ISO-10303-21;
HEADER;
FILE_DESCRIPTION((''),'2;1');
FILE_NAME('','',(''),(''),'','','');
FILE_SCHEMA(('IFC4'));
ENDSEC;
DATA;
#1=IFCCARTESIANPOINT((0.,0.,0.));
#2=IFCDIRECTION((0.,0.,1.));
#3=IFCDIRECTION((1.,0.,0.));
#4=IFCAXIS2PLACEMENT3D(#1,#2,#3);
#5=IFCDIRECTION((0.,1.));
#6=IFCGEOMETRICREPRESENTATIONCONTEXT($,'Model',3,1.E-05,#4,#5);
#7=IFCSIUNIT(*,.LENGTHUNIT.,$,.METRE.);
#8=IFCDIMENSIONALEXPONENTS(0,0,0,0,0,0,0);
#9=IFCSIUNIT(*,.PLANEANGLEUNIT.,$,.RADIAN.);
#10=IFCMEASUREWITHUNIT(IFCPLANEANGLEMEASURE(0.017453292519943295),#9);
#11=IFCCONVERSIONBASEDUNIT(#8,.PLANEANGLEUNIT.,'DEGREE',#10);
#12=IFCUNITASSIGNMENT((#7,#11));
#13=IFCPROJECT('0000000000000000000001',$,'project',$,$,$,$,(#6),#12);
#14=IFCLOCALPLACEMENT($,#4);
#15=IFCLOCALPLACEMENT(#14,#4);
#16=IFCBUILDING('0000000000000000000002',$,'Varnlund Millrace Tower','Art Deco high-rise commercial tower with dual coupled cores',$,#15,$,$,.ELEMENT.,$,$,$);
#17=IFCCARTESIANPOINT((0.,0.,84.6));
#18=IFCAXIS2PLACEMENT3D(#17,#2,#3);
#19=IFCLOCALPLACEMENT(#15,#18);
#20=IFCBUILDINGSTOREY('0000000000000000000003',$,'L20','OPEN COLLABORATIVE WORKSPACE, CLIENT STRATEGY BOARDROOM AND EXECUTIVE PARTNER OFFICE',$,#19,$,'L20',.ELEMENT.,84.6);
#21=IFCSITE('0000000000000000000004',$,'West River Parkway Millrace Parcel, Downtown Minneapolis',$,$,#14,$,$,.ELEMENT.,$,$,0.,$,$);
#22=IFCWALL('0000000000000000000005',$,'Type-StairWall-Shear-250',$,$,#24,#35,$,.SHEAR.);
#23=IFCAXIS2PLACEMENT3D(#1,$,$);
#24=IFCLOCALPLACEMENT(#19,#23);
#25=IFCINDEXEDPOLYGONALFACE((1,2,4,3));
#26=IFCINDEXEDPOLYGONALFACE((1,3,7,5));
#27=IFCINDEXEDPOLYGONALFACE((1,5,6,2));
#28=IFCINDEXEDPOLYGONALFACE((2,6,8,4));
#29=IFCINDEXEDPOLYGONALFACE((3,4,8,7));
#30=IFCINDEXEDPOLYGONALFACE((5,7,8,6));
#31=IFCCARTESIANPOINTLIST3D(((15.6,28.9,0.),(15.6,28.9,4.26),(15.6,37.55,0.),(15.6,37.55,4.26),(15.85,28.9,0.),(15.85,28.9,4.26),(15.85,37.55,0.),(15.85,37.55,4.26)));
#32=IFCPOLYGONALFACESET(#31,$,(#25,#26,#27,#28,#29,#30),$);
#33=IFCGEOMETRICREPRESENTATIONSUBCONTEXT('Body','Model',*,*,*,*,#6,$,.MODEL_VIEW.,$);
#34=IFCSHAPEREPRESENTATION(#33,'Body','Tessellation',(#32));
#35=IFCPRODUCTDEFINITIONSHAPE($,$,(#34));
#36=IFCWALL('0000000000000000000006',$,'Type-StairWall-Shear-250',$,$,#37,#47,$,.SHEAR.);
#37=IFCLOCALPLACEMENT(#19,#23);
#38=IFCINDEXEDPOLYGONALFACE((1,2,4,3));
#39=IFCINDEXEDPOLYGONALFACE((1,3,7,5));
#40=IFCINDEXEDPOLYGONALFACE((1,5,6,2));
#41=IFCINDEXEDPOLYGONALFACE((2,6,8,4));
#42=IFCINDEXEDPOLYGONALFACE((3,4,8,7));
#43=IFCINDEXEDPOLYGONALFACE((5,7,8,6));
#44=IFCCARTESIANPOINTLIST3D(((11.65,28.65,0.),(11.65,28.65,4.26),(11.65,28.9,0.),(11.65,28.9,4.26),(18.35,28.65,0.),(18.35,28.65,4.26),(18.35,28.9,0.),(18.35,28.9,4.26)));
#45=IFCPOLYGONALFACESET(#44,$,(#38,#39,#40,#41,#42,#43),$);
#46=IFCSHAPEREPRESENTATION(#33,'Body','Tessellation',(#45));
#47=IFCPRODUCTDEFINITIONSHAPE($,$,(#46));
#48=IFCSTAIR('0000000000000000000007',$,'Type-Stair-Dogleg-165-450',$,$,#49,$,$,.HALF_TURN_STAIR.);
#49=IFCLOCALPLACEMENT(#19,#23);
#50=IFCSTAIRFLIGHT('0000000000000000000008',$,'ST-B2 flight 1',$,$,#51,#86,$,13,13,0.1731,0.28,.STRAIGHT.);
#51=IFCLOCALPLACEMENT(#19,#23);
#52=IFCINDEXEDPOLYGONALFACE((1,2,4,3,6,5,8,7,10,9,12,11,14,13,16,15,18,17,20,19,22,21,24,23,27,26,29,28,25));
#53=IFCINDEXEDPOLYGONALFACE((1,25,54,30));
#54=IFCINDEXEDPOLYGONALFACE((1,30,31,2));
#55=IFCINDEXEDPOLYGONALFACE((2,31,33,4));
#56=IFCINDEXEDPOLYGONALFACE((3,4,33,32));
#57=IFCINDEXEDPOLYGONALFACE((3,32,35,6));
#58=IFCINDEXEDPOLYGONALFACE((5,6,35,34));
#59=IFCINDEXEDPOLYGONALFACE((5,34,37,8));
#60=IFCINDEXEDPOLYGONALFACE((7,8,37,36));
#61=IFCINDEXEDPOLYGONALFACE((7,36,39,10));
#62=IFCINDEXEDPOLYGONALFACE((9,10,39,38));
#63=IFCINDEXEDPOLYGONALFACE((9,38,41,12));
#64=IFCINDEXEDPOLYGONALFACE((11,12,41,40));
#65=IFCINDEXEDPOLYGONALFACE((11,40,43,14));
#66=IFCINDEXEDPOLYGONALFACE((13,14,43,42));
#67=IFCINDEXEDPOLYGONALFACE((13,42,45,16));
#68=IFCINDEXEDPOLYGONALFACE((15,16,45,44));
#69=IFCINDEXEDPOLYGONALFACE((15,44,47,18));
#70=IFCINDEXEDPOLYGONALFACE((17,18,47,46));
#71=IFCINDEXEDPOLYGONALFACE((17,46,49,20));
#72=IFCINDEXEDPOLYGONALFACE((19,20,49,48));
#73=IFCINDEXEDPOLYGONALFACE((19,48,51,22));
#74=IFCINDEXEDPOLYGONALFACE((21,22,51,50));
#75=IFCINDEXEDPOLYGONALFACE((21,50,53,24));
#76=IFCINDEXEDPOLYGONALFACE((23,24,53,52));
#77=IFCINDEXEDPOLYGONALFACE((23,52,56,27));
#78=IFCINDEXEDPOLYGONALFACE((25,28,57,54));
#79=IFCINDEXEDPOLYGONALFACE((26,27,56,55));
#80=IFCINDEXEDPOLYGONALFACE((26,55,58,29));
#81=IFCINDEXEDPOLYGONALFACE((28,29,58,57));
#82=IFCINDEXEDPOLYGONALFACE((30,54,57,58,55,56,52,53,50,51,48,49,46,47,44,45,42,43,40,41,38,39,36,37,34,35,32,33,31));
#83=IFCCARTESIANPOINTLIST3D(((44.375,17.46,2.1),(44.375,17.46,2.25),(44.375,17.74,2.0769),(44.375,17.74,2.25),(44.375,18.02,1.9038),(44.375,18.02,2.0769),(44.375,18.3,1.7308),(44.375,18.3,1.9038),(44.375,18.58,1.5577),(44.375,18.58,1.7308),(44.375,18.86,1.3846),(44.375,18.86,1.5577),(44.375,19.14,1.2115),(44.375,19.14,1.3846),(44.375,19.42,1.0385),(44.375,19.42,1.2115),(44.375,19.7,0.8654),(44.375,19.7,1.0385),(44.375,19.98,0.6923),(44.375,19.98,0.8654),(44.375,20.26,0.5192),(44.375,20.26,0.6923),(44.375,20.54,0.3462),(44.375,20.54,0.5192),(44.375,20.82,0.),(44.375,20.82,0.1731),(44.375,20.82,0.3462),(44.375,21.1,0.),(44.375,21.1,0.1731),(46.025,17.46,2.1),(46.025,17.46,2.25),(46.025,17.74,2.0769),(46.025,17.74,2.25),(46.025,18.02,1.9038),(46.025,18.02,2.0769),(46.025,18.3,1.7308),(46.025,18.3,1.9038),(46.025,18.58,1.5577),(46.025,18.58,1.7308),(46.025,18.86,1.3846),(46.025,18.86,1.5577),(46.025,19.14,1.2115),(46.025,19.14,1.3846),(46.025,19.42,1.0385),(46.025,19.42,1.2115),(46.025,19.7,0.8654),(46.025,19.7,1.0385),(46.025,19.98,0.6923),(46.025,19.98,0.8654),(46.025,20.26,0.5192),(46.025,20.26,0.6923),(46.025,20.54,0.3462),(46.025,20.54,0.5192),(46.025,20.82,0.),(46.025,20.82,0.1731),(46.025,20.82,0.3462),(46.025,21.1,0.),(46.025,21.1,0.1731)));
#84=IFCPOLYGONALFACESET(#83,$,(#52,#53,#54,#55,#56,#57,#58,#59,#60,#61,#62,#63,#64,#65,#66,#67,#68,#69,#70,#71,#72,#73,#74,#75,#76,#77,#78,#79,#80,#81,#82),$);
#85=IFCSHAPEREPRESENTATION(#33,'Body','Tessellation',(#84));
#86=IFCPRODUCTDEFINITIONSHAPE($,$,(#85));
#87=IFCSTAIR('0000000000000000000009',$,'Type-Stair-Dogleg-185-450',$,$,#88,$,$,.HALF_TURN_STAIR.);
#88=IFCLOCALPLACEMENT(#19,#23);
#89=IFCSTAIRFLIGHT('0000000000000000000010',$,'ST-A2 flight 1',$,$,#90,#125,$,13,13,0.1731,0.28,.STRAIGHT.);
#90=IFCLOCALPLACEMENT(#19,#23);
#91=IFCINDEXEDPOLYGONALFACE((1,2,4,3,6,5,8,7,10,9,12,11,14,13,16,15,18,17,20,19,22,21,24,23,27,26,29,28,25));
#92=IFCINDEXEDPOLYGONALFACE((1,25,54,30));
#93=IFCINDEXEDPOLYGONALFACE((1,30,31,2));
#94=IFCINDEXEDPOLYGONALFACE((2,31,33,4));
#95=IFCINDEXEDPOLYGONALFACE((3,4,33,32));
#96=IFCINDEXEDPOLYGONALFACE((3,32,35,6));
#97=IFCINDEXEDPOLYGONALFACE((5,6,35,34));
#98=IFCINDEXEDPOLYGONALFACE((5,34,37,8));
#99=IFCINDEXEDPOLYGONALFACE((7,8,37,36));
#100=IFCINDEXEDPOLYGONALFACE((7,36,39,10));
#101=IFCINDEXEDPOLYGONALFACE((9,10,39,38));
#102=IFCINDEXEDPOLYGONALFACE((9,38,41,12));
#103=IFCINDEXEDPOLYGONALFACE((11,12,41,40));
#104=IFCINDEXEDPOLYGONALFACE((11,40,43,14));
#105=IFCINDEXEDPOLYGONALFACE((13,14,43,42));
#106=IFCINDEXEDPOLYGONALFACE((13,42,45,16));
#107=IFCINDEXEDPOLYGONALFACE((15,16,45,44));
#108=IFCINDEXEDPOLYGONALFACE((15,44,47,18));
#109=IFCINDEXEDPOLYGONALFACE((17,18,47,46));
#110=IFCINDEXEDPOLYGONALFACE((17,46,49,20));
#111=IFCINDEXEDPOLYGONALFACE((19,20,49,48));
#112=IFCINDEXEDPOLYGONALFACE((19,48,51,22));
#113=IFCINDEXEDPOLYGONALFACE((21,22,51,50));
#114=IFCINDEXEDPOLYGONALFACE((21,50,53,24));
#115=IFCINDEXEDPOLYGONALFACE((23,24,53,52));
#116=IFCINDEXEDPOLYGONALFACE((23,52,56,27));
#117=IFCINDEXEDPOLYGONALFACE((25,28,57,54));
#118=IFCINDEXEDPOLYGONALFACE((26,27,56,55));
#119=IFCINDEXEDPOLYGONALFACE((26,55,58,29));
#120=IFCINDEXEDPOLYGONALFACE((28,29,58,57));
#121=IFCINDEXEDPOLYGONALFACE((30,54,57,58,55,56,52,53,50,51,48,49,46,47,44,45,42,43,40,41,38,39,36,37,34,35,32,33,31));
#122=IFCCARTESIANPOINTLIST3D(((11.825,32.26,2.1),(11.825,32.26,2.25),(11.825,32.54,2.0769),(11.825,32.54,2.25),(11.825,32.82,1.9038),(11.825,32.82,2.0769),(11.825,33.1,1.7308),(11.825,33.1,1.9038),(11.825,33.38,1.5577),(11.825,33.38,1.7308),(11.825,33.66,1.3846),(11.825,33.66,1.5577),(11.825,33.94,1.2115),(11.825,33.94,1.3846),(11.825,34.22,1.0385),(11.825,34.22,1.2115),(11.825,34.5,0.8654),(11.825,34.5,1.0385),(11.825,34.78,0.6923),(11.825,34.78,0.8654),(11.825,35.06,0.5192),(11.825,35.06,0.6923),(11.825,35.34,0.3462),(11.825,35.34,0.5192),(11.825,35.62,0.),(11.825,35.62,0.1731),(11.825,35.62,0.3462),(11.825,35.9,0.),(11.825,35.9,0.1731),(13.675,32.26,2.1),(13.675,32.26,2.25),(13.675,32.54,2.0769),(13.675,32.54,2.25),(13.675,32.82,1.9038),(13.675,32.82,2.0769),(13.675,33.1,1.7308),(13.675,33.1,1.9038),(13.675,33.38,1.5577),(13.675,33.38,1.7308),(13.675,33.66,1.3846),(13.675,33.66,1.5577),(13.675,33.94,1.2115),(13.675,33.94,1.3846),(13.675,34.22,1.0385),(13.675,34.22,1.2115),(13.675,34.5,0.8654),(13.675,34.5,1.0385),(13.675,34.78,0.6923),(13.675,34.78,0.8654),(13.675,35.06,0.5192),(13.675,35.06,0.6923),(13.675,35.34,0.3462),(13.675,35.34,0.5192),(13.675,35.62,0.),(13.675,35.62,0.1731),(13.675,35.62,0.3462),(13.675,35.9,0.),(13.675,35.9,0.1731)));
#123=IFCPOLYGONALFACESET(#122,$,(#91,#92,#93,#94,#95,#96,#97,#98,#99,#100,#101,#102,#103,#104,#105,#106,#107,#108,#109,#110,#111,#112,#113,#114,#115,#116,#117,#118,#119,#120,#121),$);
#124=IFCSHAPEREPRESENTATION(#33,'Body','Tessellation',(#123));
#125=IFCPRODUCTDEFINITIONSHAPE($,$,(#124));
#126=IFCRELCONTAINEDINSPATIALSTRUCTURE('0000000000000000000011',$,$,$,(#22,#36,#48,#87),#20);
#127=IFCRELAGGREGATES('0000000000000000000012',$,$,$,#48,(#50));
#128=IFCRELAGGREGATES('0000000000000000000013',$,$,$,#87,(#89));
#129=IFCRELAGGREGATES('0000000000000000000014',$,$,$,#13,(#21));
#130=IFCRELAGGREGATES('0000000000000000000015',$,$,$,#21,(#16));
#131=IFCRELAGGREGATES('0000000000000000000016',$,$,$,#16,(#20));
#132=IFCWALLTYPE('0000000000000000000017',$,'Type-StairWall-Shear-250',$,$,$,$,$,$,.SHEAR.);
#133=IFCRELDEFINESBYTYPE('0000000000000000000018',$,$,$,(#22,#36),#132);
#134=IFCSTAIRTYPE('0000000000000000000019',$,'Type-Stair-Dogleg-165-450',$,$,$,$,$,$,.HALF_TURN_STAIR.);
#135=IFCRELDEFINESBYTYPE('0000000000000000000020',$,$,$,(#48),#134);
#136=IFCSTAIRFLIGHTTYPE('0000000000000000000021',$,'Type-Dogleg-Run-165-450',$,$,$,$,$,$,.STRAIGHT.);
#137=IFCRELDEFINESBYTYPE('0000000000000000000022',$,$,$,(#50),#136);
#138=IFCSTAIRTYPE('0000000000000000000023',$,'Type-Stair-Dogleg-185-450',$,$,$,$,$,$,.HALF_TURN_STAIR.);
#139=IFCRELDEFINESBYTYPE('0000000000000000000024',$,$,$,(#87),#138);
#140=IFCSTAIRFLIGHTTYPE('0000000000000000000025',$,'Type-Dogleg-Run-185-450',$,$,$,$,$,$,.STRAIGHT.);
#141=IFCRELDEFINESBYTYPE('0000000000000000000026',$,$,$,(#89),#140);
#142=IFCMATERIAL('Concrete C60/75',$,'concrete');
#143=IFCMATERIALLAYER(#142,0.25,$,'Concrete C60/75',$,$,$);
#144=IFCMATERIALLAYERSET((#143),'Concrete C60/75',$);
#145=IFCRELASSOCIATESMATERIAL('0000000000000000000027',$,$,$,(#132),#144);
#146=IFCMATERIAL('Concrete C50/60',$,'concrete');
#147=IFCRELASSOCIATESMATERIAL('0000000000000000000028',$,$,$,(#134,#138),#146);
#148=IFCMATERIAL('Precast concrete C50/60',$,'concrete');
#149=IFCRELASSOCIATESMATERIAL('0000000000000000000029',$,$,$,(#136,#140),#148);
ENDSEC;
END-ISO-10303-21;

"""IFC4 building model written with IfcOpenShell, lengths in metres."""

from ifc_helpers import new_model, entity, si_unit, converted_unit, direction, frame, origin_with_axes, place, context, subcontext, project, spatial, polyline, outline, extrude, material, layer, layer_set, type_object, element, aggregate, save


model = new_model("IFC4")

# Units and contexts
model_context = context("Model", 3, precision=1e-05, world=origin_with_axes(), true_north=direction((0.0, 1.0)))
body_context = subcontext(model_context, "Body", "Model", "MODEL_VIEW")
ifc_project = project(units=[si_unit("LENGTHUNIT", "METRE"), converted_unit("PLANEANGLEUNIT", "DEGREE", entity("IfcPlaneAngleMeasure", 0.017453292519943295), si_unit("PLANEANGLEUNIT", "RADIAN"), dimensions=[0, 0, 0, 0, 0, 0, 0])], contexts=[model_context])

# Site, building, storey
site_placement = place(None, origin_with_axes())
site = spatial("IfcSite", under=ifc_project, at=site_placement, Name="West River Parkway Millrace Parcel, Downtown Minneapolis", CompositionType="ELEMENT", RefElevation=0.0)
building_placement = place(site_placement, origin_with_axes())
building = spatial("IfcBuilding", under=site, at=building_placement, Name="Varnlund Millrace Tower", Description="Art Deco high-rise commercial tower with dual coupled cores", CompositionType="ELEMENT")
storey_placement = place(building_placement, frame((0.0, 0.0, 84.6), z_axis=(0.0, 0.0, 1.0), x_axis=(1.0, 0.0, 0.0)))
storey = spatial("IfcBuildingStorey", under=building, at=storey_placement, Name="L20", Description="OPEN COLLABORATIVE WORKSPACE, CLIENT STRATEGY BOARDROOM AND EXECUTIVE PARTNER OFFICE", LongName="L20", CompositionType="ELEMENT", Elevation=84.6)

# Shared definitions
ifc_material_1 = material(Name="Concrete C60/75", Category="concrete")
ifc_layer_1 = layer(ifc_material_1, 0.25, Name="Concrete C60/75")
ifc_layer_set_1 = layer_set([ifc_layer_1], Name="Concrete C60/75")

# Walls
wall_type_1 = type_object("IfcWallType", Name="Type-StairWall-Shear-250", PredefinedType="SHEAR", material=ifc_layer_set_1)
wall_1_placement = place(storey_placement, frame((15.725, 28.9, 0.0), z_axis=(0.0, 0.0, 1.0), x_axis=(0.0, 1.0, 0.0)))
element("IfcWall", 1, at=wall_1_placement, inside=storey, type_object=wall_type_1, Name="Type-StairWall-Shear-250", PredefinedType="SHEAR", context=body_context, shape_type="SweptSolid", body=[
    extrude(outline(polyline([(0.0, -0.125), (8.65, -0.125), (8.65, 0.125), (0.0, 0.125), (0.0, -0.125)])), origin_with_axes(), (0.0, 0.0, 1.0), 4.26),
])
wall_2_placement = place(storey_placement, frame((11.65, 28.775, 0.0), z_axis=(0.0, 0.0, 1.0), x_axis=(1.0, 0.0, 0.0)))
element("IfcWall", 2, at=wall_2_placement, inside=storey, type_object=wall_type_1, Name="Type-StairWall-Shear-250", PredefinedType="SHEAR", context=body_context, shape_type="SweptSolid", body=[
    extrude(outline(polyline([(0.0, -0.125), (6.7, -0.125), (6.7, 0.125), (0.0, 0.125), (0.0, -0.125)])), origin_with_axes(), (0.0, 0.0, 1.0), 4.26),
])

# Stairs, stair flights
ifc_material_2 = material(Name="Concrete C50/60", Category="concrete")
stair_type_1 = type_object("IfcStairType", Name="Type-Stair-Dogleg-165-450", PredefinedType="HALF_TURN_STAIR", material=ifc_material_2)
stair_1_placement = place(storey_placement, origin_with_axes())
stair_1 = element("IfcStair", 3, at=stair_1_placement, inside=storey, type_object=stair_type_1, Name="Type-Stair-Dogleg-165-450", PredefinedType="HALF_TURN_STAIR")
ifc_material_3 = material(Name="Precast concrete C50/60", Category="concrete")
stair_flight_type_1 = type_object("IfcStairFlightType", Name="Type-Dogleg-Run-165-450", PredefinedType="STRAIGHT", material=ifc_material_3)
stair_flight_1_placement = place(storey_placement, frame((46.025, 21.1, 0.0), z_axis=(-1.0, 0.0, 0.0), x_axis=(0.0, -1.0, 0.0)))
stair_flight_1 = element("IfcStairFlight", 4, at=stair_flight_1_placement, type_object=stair_flight_type_1, Name="ST-B2 flight 1", NumberOfRisers=13, NumberOfTreads=13, PredefinedType="STRAIGHT", RiserHeight=0.1731, TreadLength=0.28, context=body_context, shape_type="SweptSolid", body=[
    extrude(outline(polyline([(0.0, 0.0), (0.0, 0.1731), (0.28, 0.1731), (0.28, 0.3462), (0.56, 0.3462), (0.56, 0.5192), (0.84, 0.5192), (0.84, 0.6923), (1.12, 0.6923), (1.12, 0.8654), (1.4, 0.8654), (1.4, 1.0385), (1.68, 1.0385), (1.68, 1.2115), (1.96, 1.2115), (1.96, 1.3846), (2.24, 1.3846), (2.24, 1.5577), (2.52, 1.5577), (2.52, 1.7308), (2.8, 1.7308), (2.8, 1.9038), (3.08, 1.9038), (3.08, 2.0769), (3.36, 2.0769), (3.36, 2.25), (3.64, 2.25), (3.64, 2.1), (0.28, 0.0), (0.0, 0.0)])), origin_with_axes(), (0.0, 0.0, 1.0), 1.65),
])
aggregate(stair_1, [stair_flight_1])
stair_type_2 = type_object("IfcStairType", Name="Type-Stair-Dogleg-185-450", PredefinedType="HALF_TURN_STAIR", material=ifc_material_2)
stair_2_placement = place(storey_placement, origin_with_axes())
stair_2 = element("IfcStair", 5, at=stair_2_placement, inside=storey, type_object=stair_type_2, Name="Type-Stair-Dogleg-185-450", PredefinedType="HALF_TURN_STAIR")
stair_flight_type_2 = type_object("IfcStairFlightType", Name="Type-Dogleg-Run-185-450", PredefinedType="STRAIGHT", material=ifc_material_3)
stair_flight_2_placement = place(storey_placement, frame((13.675, 35.9, 0.0), z_axis=(-1.0, 0.0, 0.0), x_axis=(0.0, -1.0, 0.0)))
stair_flight_2 = element("IfcStairFlight", 6, at=stair_flight_2_placement, type_object=stair_flight_type_2, Name="ST-A2 flight 1", NumberOfRisers=13, NumberOfTreads=13, PredefinedType="STRAIGHT", RiserHeight=0.1731, TreadLength=0.28, context=body_context, shape_type="SweptSolid", body=[
    extrude(outline(polyline([(0.0, 0.0), (0.0, 0.1731), (0.28, 0.1731), (0.28, 0.3462), (0.56, 0.3462), (0.56, 0.5192), (0.84, 0.5192), (0.84, 0.6923), (1.12, 0.6923), (1.12, 0.8654), (1.4, 0.8654), (1.4, 1.0385), (1.68, 1.0385), (1.68, 1.2115), (1.96, 1.2115), (1.96, 1.3846), (2.24, 1.3846), (2.24, 1.5577), (2.52, 1.5577), (2.52, 1.7308), (2.8, 1.7308), (2.8, 1.9038), (3.08, 1.9038), (3.08, 2.0769), (3.36, 2.0769), (3.36, 2.25), (3.64, 2.25), (3.64, 2.1), (0.28, 0.0), (0.0, 0.0)])), origin_with_axes(), (0.0, 0.0, 1.0), 1.85),
])
aggregate(stair_2, [stair_flight_2])

save(model, "model.ifc")
